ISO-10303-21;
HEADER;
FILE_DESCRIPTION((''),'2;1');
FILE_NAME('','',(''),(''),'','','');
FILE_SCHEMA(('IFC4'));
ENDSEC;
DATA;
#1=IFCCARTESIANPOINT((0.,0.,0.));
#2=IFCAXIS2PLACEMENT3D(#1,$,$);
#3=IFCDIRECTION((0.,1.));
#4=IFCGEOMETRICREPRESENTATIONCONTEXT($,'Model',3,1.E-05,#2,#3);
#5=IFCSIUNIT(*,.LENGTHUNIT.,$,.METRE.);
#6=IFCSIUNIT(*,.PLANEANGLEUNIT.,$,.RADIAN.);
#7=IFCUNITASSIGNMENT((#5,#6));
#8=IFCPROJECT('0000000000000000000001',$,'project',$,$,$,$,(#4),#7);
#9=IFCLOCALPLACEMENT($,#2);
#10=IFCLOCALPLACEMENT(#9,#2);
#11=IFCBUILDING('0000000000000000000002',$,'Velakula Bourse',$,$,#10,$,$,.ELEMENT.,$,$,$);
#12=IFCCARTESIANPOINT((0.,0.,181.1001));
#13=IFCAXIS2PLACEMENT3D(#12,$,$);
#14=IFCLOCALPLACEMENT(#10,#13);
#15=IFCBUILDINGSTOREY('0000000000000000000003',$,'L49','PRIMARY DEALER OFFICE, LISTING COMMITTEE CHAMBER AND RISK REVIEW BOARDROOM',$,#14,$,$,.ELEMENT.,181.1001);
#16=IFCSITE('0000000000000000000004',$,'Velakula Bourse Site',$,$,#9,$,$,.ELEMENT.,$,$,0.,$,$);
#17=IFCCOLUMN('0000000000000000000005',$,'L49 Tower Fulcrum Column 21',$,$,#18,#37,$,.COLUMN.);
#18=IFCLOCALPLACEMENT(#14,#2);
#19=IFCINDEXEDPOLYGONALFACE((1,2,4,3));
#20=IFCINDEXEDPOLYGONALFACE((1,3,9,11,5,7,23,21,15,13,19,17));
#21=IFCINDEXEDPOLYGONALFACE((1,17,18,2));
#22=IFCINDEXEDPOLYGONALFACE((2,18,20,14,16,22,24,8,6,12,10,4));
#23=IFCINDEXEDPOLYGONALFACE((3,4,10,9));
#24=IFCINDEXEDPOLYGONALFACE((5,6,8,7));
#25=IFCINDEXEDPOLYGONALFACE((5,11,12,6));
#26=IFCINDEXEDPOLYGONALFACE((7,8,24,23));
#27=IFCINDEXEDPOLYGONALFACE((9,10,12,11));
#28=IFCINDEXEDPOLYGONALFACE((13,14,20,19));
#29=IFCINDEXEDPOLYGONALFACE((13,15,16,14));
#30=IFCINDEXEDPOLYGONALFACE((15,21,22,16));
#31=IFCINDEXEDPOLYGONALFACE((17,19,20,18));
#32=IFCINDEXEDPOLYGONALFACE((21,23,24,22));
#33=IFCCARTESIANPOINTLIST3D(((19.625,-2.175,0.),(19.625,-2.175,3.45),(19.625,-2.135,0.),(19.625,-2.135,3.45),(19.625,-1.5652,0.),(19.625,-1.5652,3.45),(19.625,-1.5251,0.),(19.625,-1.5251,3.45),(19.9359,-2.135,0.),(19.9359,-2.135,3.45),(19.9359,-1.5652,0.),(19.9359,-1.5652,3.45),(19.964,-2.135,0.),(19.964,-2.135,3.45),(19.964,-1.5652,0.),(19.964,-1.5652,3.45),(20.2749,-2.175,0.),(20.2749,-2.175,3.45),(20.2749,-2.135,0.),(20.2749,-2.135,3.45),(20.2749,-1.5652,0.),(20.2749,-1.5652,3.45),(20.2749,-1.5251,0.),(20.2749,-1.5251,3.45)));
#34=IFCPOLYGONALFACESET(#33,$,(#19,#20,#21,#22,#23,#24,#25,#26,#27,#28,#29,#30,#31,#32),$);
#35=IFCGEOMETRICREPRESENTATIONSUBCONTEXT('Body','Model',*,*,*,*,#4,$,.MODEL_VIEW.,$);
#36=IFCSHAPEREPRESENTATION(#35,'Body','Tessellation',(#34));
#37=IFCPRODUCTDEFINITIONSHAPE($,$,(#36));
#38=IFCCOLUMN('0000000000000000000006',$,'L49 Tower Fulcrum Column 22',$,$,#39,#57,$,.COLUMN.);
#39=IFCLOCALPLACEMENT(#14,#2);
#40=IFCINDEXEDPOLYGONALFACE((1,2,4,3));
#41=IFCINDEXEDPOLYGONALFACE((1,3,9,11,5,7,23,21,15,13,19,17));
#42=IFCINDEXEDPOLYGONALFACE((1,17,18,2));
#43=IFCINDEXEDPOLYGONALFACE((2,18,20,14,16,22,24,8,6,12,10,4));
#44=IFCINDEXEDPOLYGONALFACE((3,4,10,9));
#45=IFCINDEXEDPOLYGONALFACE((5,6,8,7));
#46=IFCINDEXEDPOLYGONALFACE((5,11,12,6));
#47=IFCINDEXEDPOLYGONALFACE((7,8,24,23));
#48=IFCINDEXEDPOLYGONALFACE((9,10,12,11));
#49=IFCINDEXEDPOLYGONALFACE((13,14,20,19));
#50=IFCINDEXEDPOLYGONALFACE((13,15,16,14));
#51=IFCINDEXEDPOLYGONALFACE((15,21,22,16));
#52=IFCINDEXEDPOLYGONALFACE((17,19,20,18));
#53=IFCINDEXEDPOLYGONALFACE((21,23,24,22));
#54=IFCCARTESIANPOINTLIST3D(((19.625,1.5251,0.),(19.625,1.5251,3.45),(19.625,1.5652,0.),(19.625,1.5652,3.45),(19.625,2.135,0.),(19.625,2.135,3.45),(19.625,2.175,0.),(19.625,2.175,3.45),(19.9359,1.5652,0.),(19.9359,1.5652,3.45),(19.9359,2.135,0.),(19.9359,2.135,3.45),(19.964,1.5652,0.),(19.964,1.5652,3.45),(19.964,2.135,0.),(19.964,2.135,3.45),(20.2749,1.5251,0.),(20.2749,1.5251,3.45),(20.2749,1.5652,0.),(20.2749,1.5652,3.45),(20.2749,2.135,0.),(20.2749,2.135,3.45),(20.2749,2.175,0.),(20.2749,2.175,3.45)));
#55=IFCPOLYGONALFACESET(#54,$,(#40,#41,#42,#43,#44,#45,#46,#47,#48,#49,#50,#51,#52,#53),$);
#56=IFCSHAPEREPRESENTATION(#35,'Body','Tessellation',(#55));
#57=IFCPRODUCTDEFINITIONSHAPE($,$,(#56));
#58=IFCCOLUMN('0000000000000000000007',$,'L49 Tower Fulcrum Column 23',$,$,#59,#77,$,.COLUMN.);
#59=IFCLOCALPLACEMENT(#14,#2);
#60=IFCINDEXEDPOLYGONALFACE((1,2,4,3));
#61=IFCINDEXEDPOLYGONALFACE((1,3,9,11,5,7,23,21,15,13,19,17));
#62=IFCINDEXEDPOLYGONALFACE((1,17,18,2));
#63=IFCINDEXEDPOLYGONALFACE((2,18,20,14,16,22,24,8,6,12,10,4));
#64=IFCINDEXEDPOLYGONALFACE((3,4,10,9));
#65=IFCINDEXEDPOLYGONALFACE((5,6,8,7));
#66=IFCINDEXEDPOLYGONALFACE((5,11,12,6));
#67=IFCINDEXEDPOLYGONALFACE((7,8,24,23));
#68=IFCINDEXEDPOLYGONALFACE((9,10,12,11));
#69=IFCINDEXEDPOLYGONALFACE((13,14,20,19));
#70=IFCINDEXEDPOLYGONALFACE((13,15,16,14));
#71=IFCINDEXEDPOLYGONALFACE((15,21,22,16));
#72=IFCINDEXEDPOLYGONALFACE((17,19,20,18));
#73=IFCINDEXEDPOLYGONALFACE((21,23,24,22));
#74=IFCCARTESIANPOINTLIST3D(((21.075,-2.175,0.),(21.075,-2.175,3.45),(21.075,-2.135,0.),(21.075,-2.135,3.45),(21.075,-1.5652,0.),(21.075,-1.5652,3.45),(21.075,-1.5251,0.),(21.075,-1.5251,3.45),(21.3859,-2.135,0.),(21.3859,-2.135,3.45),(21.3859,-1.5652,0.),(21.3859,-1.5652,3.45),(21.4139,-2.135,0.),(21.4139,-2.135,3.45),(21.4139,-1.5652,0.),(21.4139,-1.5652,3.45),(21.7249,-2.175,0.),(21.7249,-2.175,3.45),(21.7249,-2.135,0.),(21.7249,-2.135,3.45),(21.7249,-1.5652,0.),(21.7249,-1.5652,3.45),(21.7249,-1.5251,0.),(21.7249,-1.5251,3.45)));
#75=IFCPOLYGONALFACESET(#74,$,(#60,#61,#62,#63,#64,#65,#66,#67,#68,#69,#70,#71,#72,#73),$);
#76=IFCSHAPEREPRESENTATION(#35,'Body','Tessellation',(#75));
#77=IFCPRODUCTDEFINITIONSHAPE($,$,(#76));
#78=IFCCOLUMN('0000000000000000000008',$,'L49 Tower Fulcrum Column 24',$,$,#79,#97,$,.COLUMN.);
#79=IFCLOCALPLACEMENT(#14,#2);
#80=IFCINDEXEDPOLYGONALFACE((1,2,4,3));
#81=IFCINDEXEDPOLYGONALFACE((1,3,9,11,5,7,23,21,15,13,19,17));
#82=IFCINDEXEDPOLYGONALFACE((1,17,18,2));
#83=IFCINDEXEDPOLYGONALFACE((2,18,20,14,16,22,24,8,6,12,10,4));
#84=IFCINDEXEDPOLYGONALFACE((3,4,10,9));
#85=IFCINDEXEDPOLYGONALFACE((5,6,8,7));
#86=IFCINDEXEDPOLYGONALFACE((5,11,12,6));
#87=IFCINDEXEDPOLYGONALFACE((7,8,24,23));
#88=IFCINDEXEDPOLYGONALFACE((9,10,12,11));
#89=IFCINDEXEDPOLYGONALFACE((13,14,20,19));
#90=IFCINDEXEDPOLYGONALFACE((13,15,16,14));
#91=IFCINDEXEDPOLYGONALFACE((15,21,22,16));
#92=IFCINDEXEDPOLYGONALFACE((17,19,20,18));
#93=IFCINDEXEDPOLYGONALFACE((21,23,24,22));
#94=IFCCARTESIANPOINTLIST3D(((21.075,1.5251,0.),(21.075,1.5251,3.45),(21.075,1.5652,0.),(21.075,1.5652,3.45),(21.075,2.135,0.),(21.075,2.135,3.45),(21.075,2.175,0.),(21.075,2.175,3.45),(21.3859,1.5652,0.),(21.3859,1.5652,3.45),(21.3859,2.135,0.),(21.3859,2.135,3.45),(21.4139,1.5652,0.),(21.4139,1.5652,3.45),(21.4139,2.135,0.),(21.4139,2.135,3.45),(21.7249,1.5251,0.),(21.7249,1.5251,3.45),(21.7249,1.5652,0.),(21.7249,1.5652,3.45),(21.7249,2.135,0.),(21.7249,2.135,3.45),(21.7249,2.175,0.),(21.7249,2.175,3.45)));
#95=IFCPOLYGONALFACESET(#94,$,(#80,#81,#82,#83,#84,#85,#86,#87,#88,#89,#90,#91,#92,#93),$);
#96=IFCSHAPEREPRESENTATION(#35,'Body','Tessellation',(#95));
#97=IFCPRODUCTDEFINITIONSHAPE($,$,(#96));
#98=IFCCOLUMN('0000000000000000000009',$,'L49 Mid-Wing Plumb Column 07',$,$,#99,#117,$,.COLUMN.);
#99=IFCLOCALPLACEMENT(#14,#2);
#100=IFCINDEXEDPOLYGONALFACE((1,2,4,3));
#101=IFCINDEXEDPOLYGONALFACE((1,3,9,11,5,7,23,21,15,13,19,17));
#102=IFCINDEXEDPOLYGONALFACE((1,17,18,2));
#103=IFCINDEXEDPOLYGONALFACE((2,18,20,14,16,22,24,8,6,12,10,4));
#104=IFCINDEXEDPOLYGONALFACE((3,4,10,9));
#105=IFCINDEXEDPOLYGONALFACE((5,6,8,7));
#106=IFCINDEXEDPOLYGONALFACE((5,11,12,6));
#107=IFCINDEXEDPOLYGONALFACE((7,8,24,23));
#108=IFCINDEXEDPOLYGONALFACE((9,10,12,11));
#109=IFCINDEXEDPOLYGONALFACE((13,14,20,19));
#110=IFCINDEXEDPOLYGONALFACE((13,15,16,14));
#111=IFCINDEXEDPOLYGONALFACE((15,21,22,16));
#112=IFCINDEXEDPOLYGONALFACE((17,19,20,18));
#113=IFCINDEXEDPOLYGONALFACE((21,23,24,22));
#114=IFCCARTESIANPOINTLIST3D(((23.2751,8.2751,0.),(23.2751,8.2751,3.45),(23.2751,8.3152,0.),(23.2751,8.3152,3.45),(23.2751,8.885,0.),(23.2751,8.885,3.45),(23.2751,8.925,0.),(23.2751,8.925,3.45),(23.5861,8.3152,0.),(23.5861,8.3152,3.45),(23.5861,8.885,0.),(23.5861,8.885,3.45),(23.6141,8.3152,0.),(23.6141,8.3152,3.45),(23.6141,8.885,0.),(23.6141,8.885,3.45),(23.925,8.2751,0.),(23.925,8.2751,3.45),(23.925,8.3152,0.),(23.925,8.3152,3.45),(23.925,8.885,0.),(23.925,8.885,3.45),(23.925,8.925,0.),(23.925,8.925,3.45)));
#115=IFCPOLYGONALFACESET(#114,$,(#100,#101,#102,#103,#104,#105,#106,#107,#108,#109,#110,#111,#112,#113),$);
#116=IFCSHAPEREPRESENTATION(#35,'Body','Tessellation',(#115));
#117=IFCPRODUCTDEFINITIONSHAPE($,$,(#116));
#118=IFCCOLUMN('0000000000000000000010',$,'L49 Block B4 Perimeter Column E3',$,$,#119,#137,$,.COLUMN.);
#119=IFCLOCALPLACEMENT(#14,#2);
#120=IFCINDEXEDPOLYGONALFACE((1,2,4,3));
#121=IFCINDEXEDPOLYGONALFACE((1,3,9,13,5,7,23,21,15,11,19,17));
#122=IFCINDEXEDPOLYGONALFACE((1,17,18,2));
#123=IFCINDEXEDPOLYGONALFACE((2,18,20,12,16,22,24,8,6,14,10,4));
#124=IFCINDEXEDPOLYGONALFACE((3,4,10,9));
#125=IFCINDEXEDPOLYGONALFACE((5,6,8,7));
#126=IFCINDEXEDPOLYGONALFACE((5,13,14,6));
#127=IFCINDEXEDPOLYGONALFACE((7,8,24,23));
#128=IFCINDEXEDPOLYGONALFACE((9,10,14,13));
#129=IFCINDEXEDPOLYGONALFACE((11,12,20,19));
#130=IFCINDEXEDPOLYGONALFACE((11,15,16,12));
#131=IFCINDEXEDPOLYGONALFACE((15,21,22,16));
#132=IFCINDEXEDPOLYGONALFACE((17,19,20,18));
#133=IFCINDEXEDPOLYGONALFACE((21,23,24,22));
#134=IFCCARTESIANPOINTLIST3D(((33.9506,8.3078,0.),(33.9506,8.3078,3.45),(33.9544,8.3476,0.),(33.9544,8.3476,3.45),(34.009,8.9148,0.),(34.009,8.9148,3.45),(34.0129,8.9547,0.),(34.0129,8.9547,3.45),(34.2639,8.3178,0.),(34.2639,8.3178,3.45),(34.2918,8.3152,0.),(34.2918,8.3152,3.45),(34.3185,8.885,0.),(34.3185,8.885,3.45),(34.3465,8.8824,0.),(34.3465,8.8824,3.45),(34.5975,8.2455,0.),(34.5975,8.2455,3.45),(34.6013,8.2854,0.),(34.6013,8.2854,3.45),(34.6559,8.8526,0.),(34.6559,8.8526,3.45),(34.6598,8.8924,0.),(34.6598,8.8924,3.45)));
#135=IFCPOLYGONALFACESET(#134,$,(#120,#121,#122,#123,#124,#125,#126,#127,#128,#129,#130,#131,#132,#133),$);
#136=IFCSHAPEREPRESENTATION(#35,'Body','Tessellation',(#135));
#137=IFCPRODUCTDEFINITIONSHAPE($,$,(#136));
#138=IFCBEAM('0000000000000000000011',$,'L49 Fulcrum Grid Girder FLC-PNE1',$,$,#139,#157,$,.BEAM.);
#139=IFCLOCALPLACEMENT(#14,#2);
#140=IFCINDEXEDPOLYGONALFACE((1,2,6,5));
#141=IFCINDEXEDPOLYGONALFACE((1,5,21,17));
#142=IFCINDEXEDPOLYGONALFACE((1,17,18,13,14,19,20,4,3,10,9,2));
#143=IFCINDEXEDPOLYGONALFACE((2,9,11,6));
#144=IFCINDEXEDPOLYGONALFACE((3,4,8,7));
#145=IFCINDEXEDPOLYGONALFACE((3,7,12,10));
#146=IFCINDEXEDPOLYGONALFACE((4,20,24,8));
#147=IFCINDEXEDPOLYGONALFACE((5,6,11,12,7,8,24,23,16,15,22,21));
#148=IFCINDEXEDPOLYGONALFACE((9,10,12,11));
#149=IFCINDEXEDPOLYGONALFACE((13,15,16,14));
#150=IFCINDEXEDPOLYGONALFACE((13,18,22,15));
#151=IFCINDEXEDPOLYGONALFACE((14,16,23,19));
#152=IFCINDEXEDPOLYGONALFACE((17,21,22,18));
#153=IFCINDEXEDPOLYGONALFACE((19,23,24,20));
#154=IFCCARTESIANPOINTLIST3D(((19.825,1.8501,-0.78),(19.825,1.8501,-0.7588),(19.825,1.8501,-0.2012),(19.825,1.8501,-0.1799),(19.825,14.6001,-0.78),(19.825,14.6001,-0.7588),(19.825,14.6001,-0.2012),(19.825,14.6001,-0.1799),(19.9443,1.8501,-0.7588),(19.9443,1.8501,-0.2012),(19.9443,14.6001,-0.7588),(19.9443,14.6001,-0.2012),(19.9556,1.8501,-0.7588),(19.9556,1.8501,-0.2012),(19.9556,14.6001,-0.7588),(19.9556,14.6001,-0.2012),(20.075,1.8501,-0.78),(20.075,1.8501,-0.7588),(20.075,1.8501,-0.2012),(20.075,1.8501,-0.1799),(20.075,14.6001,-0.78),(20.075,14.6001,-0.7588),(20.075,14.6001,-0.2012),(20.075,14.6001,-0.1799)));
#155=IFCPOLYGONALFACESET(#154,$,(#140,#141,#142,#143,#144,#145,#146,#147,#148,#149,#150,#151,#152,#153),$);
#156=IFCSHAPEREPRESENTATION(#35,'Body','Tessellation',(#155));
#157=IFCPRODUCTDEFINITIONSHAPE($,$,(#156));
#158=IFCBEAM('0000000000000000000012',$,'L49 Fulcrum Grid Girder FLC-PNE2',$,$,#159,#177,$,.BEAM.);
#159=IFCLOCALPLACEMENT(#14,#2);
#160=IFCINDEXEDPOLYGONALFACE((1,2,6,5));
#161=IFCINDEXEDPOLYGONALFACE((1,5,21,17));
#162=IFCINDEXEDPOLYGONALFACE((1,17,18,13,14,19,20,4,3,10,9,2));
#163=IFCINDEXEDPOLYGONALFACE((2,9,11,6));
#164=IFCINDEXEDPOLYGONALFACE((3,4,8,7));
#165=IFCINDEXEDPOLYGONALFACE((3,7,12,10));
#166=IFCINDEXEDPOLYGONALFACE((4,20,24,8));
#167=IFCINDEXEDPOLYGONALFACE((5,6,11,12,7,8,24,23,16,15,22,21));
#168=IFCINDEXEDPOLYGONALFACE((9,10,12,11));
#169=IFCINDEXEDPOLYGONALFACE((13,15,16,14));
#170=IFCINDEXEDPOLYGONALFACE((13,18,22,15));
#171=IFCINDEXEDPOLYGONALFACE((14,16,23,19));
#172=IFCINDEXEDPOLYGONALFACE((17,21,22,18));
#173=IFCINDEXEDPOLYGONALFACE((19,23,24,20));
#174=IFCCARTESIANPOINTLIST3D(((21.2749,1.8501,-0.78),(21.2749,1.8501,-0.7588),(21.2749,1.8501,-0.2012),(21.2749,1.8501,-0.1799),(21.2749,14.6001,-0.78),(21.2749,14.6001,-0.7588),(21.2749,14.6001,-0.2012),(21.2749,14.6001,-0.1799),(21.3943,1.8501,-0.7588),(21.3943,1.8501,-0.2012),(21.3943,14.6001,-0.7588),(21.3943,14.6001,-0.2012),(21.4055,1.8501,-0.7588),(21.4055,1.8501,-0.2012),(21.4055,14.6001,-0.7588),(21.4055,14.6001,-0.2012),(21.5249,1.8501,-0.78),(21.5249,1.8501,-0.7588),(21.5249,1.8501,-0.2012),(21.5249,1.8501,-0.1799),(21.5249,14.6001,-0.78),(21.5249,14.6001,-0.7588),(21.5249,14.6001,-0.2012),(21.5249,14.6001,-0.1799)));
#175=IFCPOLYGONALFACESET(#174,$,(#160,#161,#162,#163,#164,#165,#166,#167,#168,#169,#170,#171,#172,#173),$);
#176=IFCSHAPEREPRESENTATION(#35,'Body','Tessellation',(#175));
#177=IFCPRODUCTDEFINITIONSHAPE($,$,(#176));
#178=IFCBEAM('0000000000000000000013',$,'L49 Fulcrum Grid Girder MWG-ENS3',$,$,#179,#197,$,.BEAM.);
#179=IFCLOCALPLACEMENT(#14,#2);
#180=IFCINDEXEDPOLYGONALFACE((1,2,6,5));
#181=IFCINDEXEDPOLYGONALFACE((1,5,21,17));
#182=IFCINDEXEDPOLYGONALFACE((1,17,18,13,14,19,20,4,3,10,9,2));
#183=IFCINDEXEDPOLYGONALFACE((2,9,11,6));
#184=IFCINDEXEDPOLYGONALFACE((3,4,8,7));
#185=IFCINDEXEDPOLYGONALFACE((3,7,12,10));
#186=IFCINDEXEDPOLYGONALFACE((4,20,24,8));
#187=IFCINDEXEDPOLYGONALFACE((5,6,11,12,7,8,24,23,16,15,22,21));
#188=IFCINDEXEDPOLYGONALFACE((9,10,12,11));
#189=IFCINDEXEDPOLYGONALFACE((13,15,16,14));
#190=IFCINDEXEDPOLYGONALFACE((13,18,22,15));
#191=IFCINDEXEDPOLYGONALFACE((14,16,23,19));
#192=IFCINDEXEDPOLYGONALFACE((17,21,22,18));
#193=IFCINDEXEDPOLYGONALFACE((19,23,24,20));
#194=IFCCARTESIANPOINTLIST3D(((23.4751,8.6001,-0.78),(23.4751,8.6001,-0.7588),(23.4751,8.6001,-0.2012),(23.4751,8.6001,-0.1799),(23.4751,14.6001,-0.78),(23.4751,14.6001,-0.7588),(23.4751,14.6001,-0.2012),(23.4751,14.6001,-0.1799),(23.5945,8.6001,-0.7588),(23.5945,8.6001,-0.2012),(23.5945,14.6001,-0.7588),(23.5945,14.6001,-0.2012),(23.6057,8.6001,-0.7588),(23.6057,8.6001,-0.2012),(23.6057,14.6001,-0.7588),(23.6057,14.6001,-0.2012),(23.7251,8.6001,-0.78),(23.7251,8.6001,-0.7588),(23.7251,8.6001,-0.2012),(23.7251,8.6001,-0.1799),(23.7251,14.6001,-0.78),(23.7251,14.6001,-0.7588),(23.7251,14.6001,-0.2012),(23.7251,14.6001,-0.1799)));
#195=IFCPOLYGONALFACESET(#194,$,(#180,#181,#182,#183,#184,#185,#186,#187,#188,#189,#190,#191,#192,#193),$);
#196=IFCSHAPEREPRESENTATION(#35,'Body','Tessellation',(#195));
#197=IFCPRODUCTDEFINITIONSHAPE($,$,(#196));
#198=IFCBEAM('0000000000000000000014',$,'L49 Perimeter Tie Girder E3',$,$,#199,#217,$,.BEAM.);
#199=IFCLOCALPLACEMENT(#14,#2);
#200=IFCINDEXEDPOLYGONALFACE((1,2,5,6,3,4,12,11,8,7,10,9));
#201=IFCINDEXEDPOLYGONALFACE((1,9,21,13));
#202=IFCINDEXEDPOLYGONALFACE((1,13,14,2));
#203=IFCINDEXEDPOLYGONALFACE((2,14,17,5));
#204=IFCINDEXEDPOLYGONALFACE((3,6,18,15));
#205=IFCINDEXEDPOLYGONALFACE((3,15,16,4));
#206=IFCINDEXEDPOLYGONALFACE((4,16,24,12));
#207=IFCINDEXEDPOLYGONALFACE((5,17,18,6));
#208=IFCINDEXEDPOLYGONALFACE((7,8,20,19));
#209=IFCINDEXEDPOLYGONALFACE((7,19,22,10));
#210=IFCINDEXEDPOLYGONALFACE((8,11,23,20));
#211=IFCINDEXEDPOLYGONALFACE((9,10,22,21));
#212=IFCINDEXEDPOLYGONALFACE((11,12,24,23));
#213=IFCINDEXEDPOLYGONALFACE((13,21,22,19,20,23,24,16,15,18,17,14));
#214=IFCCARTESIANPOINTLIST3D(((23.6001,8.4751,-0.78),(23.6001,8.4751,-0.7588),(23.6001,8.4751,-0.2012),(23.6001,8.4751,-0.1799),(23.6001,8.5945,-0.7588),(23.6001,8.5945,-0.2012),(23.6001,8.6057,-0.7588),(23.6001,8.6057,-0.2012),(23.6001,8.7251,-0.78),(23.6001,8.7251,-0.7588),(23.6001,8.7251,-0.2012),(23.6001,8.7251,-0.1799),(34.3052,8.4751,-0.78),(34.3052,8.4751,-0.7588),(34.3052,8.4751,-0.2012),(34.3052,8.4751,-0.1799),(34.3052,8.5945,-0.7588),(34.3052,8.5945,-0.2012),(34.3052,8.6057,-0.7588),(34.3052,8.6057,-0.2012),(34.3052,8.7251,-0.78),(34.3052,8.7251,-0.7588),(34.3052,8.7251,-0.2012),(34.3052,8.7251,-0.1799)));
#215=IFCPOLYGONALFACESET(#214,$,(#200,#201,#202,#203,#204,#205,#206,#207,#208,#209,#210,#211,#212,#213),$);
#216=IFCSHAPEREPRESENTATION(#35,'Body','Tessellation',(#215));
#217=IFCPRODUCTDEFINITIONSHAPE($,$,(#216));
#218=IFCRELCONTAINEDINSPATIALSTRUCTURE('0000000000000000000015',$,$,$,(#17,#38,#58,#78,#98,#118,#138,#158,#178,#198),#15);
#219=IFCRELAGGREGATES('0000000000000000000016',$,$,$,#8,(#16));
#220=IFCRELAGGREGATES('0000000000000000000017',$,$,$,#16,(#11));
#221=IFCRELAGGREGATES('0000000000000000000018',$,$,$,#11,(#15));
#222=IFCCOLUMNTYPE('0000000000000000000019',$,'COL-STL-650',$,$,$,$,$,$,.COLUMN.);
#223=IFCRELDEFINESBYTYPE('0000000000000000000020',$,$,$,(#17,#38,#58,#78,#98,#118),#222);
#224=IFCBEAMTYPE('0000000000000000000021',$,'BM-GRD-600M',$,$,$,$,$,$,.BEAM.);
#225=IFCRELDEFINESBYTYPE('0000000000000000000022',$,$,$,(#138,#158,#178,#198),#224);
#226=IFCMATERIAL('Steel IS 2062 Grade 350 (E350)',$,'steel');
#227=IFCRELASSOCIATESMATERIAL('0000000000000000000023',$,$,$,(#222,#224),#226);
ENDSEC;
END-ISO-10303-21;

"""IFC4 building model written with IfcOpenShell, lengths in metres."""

from ifc_helpers import new_model, si_unit, direction, frame, origin, origin_2d, place, context, subcontext, project, spatial, i_section, extrude, material, material_profile, profile_set, type_object, element, save


model = new_model("IFC4")

# Units and contexts
model_context = context("Model", 3, precision=1e-05, world=origin(), true_north=direction((0.0, 1.0)))
body_context = subcontext(model_context, "Body", "Model", "MODEL_VIEW")
ifc_project = project(units=[si_unit("LENGTHUNIT", "METRE"), si_unit("PLANEANGLEUNIT", "RADIAN")], contexts=[model_context])

# Site, building, storey
site_placement = place(None, origin())
site = spatial("IfcSite", under=ifc_project, at=site_placement, Name="Velakula Bourse Site", CompositionType="ELEMENT", RefElevation=0.0)
building_placement = place(site_placement, origin())
building = spatial("IfcBuilding", under=site, at=building_placement, Name="Velakula Bourse", CompositionType="ELEMENT")
storey_placement = place(building_placement, frame((0.0, 0.0, 181.1001)))
storey = spatial("IfcBuildingStorey", under=building, at=storey_placement, Name="L49", Description="PRIMARY DEALER OFFICE, LISTING COMMITTEE CHAMBER AND RISK REVIEW BOARDROOM", CompositionType="ELEMENT", Elevation=181.1001)

# Columns
ifc_material_1 = material(Name="Steel IS 2062 Grade 350 (E350)", Category="steel")
ifc_material_profile_1 = material_profile(ifc_material_1, i_section(OverallWidth=0.6499, OverallDepth=0.6499, WebThickness=0.0281, FlangeThickness=0.04, at=origin_2d()), Name="Steel IS 2062 Grade 350 (E350)")
ifc_profile_set_1 = profile_set([ifc_material_profile_1], Name="Steel IS 2062 Grade 350 (E350)")
column_type = type_object("IfcColumnType", Name="COL-STL-650", PredefinedType="COLUMN", material=ifc_profile_set_1)
for number, where, z_axis, x_axis, name in (
    (1, (19.95, -1.8501, 0.0), (0.0, 0.0, 1.0), (1.0, 0.0, 0.0), "L49 Tower Fulcrum Column 21"),
    (2, (19.95, 1.8501, 0.0), (0.0, 0.0, 1.0), (1.0, 0.0, 0.0), "L49 Tower Fulcrum Column 22"),
    (3, (21.3999, -1.8501, 0.0), (0.0, 0.0, 1.0), (1.0, 0.0, 0.0), "L49 Tower Fulcrum Column 23"),
    (4, (21.3999, 1.8501, 0.0), (0.0, 0.0, 1.0), (1.0, 0.0, 0.0), "L49 Tower Fulcrum Column 24"),
    (5, (23.6001, 8.6001, 0.0), (0.0, 0.0, 1.0), (1.0, 0.0, 0.0), "L49 Mid-Wing Plumb Column 07"),
    (6, (34.3052, 8.6001, 0.0), (0.0, 0.0, 1.0), (0.995396, -0.095846, 0.0), "L49 Block B4 Perimeter Column E3"),
):
    element("IfcColumn", number, at=place(storey_placement, frame(where, z_axis=z_axis, x_axis=x_axis)), inside=storey, type_object=column_type, Name=name, PredefinedType="COLUMN", context=body_context, shape_type="SweptSolid", body=[
        extrude(i_section(OverallWidth=0.6499, OverallDepth=0.6499, WebThickness=0.0281, FlangeThickness=0.04, at=origin_2d()), origin(), (0.0, 0.0, 1.0), 3.45),
    ])

# Beams
ifc_material_profile_2 = material_profile(ifc_material_1, i_section(OverallWidth=0.25, OverallDepth=0.6001, WebThickness=0.0112, FlangeThickness=0.0212, at=origin_2d()), Name="Steel IS 2062 Grade 350 (E350)")
ifc_profile_set_2 = profile_set([ifc_material_profile_2], Name="Steel IS 2062 Grade 350 (E350)")
beam_type_1 = type_object("IfcBeamType", Name="BM-GRD-600M", PredefinedType="BEAM", material=ifc_profile_set_2)
for number, where, z_axis, x_axis, name in (
    (7, (19.95, 1.8501, -0.48), (0.0, 1.0, 0.0), (-1.0, 0.0, 0.0), "L49 Fulcrum Grid Girder FLC-PNE1"),
    (8, (21.3999, 1.8501, -0.48), (0.0, 1.0, 0.0), (-1.0, 0.0, 0.0), "L49 Fulcrum Grid Girder FLC-PNE2"),
):
    element("IfcBeam", number, at=place(storey_placement, frame(where, z_axis=z_axis, x_axis=x_axis)), inside=storey, type_object=beam_type_1, Name=name, PredefinedType="BEAM", context=body_context, shape_type="SweptSolid", body=[
        extrude(i_section(OverallWidth=0.25, OverallDepth=0.6001, WebThickness=0.0112, FlangeThickness=0.0212, at=origin_2d()), origin(), (0.0, 0.0, 1.0), 12.75),
    ])
beam_1_placement = place(storey_placement, frame((23.6001, 8.6001, -0.48), z_axis=(0.0, 1.0, 0.0), x_axis=(-1.0, 0.0, 0.0)))
element("IfcBeam", 9, at=beam_1_placement, inside=storey, type_object=beam_type_1, Name="L49 Fulcrum Grid Girder MWG-ENS3", PredefinedType="BEAM", context=body_context, shape_type="SweptSolid", body=[
    extrude(i_section(OverallWidth=0.25, OverallDepth=0.6001, WebThickness=0.0112, FlangeThickness=0.0212, at=origin_2d()), origin(), (0.0, 0.0, 1.0), 6.0),
])
beam_2_placement = place(storey_placement, frame((23.6001, 8.6001, -0.48), z_axis=(1.0, 0.0, 0.0), x_axis=(0.0, 1.0, 0.0)))
element("IfcBeam", 10, at=beam_2_placement, inside=storey, type_object=beam_type_1, Name="L49 Perimeter Tie Girder E3", PredefinedType="BEAM", context=body_context, shape_type="SweptSolid", body=[
    extrude(i_section(OverallWidth=0.25, OverallDepth=0.6001, WebThickness=0.0112, FlangeThickness=0.0212, at=origin_2d()), origin(), (0.0, 0.0, 1.0), 10.7051),
])

save(model, "model.ifc")
